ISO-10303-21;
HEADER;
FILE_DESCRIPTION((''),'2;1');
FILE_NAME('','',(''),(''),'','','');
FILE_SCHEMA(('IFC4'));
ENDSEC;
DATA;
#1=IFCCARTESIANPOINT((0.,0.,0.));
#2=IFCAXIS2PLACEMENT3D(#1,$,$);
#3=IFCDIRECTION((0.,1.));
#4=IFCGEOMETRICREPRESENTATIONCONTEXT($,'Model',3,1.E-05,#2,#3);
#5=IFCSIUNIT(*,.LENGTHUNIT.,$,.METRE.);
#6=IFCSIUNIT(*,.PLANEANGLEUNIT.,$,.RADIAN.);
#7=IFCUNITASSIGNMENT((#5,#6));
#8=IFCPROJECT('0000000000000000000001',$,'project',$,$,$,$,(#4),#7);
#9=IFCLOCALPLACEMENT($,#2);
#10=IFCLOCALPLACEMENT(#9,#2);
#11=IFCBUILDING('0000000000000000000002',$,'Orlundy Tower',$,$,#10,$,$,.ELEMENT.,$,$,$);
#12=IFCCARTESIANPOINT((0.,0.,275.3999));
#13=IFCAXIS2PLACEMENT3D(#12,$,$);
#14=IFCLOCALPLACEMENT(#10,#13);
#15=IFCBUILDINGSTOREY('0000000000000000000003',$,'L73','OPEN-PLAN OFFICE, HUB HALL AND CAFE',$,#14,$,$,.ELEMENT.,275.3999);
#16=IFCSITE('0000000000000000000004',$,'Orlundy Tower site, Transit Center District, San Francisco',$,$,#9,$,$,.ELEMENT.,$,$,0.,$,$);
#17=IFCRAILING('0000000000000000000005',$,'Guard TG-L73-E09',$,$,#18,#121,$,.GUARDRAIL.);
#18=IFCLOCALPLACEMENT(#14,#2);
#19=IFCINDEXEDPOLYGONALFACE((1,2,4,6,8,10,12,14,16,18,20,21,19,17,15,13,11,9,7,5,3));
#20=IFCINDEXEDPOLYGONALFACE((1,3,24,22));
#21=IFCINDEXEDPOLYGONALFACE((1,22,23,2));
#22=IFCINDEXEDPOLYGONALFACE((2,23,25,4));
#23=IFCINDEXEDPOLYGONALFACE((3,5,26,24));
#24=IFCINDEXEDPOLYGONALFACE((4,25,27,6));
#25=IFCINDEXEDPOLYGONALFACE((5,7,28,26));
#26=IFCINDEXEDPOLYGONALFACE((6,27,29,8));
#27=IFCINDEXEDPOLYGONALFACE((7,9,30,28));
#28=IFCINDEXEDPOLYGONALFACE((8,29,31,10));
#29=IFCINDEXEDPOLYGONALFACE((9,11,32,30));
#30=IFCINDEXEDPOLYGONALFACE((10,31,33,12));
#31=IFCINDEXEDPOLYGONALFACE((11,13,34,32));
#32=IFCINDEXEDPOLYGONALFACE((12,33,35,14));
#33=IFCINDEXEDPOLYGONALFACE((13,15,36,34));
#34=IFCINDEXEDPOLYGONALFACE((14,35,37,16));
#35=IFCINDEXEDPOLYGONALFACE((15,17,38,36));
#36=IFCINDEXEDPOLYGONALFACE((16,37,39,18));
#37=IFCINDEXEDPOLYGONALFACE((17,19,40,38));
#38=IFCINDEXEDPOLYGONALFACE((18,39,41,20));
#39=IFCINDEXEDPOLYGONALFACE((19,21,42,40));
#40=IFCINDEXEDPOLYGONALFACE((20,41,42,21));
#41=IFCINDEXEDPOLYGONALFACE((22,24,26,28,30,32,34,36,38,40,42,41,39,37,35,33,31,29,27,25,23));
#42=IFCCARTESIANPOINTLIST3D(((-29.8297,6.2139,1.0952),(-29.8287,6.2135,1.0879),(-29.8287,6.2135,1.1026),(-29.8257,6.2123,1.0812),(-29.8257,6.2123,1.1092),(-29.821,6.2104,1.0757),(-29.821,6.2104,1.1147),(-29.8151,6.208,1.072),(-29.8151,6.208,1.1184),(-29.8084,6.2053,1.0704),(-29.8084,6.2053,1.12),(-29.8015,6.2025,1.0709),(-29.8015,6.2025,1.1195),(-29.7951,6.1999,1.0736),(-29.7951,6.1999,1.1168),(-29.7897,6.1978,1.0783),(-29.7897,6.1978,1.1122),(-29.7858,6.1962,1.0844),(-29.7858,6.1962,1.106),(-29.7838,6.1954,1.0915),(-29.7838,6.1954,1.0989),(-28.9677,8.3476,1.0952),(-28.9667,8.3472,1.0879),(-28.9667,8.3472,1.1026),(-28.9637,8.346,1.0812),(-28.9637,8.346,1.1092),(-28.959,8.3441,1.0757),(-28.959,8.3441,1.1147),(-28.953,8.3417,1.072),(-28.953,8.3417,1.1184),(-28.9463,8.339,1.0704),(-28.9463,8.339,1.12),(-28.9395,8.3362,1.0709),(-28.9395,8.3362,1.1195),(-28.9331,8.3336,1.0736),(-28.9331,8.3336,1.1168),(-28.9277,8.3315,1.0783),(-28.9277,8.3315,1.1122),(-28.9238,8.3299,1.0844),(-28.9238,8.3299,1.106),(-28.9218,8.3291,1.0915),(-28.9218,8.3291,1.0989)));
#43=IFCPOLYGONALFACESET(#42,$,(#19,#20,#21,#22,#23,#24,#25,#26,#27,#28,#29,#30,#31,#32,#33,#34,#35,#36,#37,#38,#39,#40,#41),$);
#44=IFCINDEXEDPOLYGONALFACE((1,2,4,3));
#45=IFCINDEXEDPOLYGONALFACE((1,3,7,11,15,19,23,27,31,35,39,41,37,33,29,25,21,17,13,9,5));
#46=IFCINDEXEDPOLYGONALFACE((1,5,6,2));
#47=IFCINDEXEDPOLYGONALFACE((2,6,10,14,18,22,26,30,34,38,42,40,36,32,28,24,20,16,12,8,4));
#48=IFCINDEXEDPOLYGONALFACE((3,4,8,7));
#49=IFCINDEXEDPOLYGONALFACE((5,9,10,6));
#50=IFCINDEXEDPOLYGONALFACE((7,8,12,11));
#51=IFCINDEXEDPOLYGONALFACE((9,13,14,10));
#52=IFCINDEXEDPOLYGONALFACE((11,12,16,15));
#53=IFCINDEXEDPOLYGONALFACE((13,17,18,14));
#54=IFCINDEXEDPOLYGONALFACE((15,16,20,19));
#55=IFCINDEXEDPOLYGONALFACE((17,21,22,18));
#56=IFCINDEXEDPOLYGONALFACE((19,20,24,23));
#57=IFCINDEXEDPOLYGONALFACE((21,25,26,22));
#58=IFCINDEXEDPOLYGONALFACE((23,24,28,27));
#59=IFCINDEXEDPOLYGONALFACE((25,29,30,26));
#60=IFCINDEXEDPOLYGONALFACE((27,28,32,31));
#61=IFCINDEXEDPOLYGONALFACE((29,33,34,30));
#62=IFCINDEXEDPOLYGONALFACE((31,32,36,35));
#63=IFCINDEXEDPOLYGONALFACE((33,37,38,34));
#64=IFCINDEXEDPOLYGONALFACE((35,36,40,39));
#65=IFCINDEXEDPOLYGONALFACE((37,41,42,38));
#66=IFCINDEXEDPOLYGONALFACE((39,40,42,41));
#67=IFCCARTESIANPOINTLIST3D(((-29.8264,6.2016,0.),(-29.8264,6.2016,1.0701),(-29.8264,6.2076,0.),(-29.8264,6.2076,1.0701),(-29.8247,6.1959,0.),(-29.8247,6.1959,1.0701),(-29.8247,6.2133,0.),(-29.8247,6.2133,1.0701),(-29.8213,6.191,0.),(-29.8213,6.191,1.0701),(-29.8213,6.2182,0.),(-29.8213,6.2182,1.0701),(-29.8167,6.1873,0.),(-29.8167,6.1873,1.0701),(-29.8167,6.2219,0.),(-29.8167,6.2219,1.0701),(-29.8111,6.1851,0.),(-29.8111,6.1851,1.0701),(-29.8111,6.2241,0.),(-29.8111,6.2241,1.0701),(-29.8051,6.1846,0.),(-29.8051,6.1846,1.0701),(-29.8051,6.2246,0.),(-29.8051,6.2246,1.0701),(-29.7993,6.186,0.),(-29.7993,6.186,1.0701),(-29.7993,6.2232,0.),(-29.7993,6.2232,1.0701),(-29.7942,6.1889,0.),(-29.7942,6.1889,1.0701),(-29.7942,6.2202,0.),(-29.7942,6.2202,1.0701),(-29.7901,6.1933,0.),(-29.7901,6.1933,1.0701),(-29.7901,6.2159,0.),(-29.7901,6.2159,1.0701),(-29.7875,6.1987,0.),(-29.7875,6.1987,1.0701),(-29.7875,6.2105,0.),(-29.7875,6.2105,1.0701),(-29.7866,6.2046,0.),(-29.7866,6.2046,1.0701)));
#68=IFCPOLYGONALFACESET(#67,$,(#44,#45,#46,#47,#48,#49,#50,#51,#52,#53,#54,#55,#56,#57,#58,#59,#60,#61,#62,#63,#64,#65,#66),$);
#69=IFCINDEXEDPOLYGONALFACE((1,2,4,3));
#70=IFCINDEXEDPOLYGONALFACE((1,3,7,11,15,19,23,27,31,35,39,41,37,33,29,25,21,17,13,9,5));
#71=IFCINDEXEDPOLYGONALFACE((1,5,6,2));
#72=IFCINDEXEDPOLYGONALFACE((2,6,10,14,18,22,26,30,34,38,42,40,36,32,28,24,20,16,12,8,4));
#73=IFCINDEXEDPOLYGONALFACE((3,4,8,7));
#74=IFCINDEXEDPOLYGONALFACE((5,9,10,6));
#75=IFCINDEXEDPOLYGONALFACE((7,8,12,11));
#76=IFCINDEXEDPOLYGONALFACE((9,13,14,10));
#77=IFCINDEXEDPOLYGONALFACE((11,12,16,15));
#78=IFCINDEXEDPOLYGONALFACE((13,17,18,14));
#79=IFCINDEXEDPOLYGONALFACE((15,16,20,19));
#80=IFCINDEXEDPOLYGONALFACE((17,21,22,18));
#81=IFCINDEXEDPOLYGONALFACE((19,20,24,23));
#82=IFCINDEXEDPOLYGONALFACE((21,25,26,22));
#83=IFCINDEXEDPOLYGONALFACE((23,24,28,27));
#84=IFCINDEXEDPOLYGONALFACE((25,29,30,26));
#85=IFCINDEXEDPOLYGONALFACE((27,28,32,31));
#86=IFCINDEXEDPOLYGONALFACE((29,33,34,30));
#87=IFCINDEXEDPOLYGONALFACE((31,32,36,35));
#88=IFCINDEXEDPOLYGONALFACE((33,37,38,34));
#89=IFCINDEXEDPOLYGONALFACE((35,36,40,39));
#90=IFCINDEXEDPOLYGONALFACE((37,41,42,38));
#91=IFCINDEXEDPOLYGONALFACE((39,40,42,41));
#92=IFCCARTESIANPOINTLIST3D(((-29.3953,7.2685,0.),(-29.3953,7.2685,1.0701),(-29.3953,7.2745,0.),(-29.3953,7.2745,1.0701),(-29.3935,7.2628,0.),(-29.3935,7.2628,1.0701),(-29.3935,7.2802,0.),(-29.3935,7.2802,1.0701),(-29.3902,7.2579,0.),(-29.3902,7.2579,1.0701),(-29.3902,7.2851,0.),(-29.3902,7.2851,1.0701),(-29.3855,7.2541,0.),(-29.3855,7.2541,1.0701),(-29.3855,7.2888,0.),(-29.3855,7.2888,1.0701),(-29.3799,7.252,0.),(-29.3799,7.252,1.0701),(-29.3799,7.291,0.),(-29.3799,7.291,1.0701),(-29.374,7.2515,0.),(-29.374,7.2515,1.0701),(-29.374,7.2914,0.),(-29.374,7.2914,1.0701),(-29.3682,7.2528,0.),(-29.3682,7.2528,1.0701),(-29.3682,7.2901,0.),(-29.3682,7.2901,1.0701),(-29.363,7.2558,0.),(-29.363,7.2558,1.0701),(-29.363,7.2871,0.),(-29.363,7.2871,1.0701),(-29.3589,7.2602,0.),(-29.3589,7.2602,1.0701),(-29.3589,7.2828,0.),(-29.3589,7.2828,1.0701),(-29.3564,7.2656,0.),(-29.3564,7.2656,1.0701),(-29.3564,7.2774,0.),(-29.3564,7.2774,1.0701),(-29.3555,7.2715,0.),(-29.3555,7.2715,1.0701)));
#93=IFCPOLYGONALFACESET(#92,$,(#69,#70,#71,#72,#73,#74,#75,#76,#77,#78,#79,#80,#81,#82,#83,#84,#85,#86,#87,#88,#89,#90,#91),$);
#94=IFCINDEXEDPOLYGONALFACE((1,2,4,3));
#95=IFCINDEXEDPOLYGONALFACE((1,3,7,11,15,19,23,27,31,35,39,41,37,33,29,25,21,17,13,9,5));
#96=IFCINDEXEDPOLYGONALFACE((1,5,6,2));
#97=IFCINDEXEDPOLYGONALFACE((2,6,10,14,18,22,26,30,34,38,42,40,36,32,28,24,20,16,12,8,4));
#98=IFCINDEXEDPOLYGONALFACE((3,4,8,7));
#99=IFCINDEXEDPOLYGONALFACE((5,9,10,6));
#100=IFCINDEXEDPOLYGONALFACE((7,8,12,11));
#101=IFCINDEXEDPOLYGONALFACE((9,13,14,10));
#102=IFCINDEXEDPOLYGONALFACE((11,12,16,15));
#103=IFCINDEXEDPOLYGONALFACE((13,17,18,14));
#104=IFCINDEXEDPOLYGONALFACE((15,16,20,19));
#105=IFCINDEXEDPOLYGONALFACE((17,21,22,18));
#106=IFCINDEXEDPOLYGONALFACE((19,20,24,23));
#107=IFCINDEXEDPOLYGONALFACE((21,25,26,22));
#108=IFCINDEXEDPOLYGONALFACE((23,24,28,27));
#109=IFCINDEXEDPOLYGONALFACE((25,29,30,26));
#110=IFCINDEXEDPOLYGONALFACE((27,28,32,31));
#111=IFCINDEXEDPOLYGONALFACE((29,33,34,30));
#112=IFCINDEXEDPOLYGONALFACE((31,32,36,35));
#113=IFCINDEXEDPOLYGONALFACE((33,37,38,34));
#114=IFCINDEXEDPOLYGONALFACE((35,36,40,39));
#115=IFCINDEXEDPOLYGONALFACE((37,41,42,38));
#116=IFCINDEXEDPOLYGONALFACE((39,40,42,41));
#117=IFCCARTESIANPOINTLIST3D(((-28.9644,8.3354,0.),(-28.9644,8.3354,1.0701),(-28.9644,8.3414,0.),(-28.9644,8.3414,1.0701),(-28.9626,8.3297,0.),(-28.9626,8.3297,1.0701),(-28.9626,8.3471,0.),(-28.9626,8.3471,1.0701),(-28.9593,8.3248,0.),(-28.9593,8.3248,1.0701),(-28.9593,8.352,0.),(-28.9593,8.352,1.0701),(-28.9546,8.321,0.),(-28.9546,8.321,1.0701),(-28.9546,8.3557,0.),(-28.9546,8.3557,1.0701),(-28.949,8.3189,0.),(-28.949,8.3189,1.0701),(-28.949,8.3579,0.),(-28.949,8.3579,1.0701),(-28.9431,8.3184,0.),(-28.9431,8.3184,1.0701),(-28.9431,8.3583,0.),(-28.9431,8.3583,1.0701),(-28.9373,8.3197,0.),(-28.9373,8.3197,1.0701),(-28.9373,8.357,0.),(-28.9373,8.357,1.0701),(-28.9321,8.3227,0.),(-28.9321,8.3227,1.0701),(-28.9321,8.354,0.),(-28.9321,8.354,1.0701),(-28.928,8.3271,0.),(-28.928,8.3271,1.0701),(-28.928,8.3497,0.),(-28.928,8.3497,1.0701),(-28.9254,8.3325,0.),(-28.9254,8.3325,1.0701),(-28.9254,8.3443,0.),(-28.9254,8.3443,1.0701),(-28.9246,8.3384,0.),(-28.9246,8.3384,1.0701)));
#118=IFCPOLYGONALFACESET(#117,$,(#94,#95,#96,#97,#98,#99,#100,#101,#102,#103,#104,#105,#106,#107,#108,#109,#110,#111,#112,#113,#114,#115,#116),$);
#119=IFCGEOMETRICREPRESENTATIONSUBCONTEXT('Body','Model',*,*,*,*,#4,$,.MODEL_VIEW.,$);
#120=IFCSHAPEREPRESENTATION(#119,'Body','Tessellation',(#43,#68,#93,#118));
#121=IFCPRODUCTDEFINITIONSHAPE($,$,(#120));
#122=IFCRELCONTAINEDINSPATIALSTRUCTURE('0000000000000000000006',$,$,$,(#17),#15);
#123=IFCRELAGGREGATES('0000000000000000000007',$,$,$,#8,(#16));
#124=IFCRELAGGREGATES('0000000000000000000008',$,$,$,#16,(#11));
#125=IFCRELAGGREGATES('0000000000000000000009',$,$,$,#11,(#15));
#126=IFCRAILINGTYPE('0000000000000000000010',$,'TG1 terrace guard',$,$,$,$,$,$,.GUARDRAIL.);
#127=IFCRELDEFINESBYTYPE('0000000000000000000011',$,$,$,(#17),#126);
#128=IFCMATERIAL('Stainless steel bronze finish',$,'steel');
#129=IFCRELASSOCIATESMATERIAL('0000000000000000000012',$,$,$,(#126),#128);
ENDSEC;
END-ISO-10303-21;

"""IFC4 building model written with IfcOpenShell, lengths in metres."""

from ifc_helpers import new_model, si_unit, direction, frame, origin, origin_2d, place, context, subcontext, project, spatial, circle, extrude, material, type_object, element, save


model = new_model("IFC4")

# Units and contexts
model_context = context("Model", 3, precision=1e-05, world=origin(), true_north=direction((0.0, 1.0)))
body_context = subcontext(model_context, "Body", "Model", "MODEL_VIEW")
ifc_project = project(units=[si_unit("LENGTHUNIT", "METRE"), si_unit("PLANEANGLEUNIT", "RADIAN")], contexts=[model_context])

# Site, building, storey
site_placement = place(None, origin())
site = spatial("IfcSite", under=ifc_project, at=site_placement, Name="Orlundy Tower site, Transit Center District, San Francisco", CompositionType="ELEMENT", RefElevation=0.0)
building_placement = place(site_placement, origin())
building = spatial("IfcBuilding", under=site, at=building_placement, Name="Orlundy Tower", CompositionType="ELEMENT")
storey_placement = place(building_placement, frame((0.0, 0.0, 275.3999)))
storey = spatial("IfcBuildingStorey", under=building, at=storey_placement, Name="L73", Description="OPEN-PLAN OFFICE, HUB HALL AND CAFE", CompositionType="ELEMENT", Elevation=275.3999)

# Railing
ifc_material_1 = material(Name="Stainless steel bronze finish", Category="steel")
railing_type_1 = type_object("IfcRailingType", Name="TG1 terrace guard", PredefinedType="GUARDRAIL", material=ifc_material_1)
railing_1_placement = place(storey_placement, frame((-29.8066, 6.2046, 0.0)))
element("IfcRailing", 1, at=railing_1_placement, inside=storey, type_object=railing_type_1, Name="Guard TG-L73-E09", PredefinedType="GUARDRAIL", context=body_context, shape_type="SweptSolid", body=[
    extrude(circle(Radius=0.0249, at=origin_2d()), frame((0.0, 0.0, 1.0952), z_axis=(0.374589, 0.927191, 0.0), x_axis=(-0.927191, 0.374589, 0.0)), (0.0, 0.0, 1.0), 2.3013),
    extrude(circle(Radius=0.02, at=origin_2d()), origin(), (0.0, 0.0, 1.0), 1.0701),
    extrude(circle(Radius=0.02, at=origin_2d()), frame((0.4312, 1.0669, 0.0)), (0.0, 0.0, 1.0), 1.0701),
    extrude(circle(Radius=0.02, at=origin_2d()), frame((0.8621, 2.1338, 0.0)), (0.0, 0.0, 1.0), 1.0701),
])

save(model, "model.ifc")
